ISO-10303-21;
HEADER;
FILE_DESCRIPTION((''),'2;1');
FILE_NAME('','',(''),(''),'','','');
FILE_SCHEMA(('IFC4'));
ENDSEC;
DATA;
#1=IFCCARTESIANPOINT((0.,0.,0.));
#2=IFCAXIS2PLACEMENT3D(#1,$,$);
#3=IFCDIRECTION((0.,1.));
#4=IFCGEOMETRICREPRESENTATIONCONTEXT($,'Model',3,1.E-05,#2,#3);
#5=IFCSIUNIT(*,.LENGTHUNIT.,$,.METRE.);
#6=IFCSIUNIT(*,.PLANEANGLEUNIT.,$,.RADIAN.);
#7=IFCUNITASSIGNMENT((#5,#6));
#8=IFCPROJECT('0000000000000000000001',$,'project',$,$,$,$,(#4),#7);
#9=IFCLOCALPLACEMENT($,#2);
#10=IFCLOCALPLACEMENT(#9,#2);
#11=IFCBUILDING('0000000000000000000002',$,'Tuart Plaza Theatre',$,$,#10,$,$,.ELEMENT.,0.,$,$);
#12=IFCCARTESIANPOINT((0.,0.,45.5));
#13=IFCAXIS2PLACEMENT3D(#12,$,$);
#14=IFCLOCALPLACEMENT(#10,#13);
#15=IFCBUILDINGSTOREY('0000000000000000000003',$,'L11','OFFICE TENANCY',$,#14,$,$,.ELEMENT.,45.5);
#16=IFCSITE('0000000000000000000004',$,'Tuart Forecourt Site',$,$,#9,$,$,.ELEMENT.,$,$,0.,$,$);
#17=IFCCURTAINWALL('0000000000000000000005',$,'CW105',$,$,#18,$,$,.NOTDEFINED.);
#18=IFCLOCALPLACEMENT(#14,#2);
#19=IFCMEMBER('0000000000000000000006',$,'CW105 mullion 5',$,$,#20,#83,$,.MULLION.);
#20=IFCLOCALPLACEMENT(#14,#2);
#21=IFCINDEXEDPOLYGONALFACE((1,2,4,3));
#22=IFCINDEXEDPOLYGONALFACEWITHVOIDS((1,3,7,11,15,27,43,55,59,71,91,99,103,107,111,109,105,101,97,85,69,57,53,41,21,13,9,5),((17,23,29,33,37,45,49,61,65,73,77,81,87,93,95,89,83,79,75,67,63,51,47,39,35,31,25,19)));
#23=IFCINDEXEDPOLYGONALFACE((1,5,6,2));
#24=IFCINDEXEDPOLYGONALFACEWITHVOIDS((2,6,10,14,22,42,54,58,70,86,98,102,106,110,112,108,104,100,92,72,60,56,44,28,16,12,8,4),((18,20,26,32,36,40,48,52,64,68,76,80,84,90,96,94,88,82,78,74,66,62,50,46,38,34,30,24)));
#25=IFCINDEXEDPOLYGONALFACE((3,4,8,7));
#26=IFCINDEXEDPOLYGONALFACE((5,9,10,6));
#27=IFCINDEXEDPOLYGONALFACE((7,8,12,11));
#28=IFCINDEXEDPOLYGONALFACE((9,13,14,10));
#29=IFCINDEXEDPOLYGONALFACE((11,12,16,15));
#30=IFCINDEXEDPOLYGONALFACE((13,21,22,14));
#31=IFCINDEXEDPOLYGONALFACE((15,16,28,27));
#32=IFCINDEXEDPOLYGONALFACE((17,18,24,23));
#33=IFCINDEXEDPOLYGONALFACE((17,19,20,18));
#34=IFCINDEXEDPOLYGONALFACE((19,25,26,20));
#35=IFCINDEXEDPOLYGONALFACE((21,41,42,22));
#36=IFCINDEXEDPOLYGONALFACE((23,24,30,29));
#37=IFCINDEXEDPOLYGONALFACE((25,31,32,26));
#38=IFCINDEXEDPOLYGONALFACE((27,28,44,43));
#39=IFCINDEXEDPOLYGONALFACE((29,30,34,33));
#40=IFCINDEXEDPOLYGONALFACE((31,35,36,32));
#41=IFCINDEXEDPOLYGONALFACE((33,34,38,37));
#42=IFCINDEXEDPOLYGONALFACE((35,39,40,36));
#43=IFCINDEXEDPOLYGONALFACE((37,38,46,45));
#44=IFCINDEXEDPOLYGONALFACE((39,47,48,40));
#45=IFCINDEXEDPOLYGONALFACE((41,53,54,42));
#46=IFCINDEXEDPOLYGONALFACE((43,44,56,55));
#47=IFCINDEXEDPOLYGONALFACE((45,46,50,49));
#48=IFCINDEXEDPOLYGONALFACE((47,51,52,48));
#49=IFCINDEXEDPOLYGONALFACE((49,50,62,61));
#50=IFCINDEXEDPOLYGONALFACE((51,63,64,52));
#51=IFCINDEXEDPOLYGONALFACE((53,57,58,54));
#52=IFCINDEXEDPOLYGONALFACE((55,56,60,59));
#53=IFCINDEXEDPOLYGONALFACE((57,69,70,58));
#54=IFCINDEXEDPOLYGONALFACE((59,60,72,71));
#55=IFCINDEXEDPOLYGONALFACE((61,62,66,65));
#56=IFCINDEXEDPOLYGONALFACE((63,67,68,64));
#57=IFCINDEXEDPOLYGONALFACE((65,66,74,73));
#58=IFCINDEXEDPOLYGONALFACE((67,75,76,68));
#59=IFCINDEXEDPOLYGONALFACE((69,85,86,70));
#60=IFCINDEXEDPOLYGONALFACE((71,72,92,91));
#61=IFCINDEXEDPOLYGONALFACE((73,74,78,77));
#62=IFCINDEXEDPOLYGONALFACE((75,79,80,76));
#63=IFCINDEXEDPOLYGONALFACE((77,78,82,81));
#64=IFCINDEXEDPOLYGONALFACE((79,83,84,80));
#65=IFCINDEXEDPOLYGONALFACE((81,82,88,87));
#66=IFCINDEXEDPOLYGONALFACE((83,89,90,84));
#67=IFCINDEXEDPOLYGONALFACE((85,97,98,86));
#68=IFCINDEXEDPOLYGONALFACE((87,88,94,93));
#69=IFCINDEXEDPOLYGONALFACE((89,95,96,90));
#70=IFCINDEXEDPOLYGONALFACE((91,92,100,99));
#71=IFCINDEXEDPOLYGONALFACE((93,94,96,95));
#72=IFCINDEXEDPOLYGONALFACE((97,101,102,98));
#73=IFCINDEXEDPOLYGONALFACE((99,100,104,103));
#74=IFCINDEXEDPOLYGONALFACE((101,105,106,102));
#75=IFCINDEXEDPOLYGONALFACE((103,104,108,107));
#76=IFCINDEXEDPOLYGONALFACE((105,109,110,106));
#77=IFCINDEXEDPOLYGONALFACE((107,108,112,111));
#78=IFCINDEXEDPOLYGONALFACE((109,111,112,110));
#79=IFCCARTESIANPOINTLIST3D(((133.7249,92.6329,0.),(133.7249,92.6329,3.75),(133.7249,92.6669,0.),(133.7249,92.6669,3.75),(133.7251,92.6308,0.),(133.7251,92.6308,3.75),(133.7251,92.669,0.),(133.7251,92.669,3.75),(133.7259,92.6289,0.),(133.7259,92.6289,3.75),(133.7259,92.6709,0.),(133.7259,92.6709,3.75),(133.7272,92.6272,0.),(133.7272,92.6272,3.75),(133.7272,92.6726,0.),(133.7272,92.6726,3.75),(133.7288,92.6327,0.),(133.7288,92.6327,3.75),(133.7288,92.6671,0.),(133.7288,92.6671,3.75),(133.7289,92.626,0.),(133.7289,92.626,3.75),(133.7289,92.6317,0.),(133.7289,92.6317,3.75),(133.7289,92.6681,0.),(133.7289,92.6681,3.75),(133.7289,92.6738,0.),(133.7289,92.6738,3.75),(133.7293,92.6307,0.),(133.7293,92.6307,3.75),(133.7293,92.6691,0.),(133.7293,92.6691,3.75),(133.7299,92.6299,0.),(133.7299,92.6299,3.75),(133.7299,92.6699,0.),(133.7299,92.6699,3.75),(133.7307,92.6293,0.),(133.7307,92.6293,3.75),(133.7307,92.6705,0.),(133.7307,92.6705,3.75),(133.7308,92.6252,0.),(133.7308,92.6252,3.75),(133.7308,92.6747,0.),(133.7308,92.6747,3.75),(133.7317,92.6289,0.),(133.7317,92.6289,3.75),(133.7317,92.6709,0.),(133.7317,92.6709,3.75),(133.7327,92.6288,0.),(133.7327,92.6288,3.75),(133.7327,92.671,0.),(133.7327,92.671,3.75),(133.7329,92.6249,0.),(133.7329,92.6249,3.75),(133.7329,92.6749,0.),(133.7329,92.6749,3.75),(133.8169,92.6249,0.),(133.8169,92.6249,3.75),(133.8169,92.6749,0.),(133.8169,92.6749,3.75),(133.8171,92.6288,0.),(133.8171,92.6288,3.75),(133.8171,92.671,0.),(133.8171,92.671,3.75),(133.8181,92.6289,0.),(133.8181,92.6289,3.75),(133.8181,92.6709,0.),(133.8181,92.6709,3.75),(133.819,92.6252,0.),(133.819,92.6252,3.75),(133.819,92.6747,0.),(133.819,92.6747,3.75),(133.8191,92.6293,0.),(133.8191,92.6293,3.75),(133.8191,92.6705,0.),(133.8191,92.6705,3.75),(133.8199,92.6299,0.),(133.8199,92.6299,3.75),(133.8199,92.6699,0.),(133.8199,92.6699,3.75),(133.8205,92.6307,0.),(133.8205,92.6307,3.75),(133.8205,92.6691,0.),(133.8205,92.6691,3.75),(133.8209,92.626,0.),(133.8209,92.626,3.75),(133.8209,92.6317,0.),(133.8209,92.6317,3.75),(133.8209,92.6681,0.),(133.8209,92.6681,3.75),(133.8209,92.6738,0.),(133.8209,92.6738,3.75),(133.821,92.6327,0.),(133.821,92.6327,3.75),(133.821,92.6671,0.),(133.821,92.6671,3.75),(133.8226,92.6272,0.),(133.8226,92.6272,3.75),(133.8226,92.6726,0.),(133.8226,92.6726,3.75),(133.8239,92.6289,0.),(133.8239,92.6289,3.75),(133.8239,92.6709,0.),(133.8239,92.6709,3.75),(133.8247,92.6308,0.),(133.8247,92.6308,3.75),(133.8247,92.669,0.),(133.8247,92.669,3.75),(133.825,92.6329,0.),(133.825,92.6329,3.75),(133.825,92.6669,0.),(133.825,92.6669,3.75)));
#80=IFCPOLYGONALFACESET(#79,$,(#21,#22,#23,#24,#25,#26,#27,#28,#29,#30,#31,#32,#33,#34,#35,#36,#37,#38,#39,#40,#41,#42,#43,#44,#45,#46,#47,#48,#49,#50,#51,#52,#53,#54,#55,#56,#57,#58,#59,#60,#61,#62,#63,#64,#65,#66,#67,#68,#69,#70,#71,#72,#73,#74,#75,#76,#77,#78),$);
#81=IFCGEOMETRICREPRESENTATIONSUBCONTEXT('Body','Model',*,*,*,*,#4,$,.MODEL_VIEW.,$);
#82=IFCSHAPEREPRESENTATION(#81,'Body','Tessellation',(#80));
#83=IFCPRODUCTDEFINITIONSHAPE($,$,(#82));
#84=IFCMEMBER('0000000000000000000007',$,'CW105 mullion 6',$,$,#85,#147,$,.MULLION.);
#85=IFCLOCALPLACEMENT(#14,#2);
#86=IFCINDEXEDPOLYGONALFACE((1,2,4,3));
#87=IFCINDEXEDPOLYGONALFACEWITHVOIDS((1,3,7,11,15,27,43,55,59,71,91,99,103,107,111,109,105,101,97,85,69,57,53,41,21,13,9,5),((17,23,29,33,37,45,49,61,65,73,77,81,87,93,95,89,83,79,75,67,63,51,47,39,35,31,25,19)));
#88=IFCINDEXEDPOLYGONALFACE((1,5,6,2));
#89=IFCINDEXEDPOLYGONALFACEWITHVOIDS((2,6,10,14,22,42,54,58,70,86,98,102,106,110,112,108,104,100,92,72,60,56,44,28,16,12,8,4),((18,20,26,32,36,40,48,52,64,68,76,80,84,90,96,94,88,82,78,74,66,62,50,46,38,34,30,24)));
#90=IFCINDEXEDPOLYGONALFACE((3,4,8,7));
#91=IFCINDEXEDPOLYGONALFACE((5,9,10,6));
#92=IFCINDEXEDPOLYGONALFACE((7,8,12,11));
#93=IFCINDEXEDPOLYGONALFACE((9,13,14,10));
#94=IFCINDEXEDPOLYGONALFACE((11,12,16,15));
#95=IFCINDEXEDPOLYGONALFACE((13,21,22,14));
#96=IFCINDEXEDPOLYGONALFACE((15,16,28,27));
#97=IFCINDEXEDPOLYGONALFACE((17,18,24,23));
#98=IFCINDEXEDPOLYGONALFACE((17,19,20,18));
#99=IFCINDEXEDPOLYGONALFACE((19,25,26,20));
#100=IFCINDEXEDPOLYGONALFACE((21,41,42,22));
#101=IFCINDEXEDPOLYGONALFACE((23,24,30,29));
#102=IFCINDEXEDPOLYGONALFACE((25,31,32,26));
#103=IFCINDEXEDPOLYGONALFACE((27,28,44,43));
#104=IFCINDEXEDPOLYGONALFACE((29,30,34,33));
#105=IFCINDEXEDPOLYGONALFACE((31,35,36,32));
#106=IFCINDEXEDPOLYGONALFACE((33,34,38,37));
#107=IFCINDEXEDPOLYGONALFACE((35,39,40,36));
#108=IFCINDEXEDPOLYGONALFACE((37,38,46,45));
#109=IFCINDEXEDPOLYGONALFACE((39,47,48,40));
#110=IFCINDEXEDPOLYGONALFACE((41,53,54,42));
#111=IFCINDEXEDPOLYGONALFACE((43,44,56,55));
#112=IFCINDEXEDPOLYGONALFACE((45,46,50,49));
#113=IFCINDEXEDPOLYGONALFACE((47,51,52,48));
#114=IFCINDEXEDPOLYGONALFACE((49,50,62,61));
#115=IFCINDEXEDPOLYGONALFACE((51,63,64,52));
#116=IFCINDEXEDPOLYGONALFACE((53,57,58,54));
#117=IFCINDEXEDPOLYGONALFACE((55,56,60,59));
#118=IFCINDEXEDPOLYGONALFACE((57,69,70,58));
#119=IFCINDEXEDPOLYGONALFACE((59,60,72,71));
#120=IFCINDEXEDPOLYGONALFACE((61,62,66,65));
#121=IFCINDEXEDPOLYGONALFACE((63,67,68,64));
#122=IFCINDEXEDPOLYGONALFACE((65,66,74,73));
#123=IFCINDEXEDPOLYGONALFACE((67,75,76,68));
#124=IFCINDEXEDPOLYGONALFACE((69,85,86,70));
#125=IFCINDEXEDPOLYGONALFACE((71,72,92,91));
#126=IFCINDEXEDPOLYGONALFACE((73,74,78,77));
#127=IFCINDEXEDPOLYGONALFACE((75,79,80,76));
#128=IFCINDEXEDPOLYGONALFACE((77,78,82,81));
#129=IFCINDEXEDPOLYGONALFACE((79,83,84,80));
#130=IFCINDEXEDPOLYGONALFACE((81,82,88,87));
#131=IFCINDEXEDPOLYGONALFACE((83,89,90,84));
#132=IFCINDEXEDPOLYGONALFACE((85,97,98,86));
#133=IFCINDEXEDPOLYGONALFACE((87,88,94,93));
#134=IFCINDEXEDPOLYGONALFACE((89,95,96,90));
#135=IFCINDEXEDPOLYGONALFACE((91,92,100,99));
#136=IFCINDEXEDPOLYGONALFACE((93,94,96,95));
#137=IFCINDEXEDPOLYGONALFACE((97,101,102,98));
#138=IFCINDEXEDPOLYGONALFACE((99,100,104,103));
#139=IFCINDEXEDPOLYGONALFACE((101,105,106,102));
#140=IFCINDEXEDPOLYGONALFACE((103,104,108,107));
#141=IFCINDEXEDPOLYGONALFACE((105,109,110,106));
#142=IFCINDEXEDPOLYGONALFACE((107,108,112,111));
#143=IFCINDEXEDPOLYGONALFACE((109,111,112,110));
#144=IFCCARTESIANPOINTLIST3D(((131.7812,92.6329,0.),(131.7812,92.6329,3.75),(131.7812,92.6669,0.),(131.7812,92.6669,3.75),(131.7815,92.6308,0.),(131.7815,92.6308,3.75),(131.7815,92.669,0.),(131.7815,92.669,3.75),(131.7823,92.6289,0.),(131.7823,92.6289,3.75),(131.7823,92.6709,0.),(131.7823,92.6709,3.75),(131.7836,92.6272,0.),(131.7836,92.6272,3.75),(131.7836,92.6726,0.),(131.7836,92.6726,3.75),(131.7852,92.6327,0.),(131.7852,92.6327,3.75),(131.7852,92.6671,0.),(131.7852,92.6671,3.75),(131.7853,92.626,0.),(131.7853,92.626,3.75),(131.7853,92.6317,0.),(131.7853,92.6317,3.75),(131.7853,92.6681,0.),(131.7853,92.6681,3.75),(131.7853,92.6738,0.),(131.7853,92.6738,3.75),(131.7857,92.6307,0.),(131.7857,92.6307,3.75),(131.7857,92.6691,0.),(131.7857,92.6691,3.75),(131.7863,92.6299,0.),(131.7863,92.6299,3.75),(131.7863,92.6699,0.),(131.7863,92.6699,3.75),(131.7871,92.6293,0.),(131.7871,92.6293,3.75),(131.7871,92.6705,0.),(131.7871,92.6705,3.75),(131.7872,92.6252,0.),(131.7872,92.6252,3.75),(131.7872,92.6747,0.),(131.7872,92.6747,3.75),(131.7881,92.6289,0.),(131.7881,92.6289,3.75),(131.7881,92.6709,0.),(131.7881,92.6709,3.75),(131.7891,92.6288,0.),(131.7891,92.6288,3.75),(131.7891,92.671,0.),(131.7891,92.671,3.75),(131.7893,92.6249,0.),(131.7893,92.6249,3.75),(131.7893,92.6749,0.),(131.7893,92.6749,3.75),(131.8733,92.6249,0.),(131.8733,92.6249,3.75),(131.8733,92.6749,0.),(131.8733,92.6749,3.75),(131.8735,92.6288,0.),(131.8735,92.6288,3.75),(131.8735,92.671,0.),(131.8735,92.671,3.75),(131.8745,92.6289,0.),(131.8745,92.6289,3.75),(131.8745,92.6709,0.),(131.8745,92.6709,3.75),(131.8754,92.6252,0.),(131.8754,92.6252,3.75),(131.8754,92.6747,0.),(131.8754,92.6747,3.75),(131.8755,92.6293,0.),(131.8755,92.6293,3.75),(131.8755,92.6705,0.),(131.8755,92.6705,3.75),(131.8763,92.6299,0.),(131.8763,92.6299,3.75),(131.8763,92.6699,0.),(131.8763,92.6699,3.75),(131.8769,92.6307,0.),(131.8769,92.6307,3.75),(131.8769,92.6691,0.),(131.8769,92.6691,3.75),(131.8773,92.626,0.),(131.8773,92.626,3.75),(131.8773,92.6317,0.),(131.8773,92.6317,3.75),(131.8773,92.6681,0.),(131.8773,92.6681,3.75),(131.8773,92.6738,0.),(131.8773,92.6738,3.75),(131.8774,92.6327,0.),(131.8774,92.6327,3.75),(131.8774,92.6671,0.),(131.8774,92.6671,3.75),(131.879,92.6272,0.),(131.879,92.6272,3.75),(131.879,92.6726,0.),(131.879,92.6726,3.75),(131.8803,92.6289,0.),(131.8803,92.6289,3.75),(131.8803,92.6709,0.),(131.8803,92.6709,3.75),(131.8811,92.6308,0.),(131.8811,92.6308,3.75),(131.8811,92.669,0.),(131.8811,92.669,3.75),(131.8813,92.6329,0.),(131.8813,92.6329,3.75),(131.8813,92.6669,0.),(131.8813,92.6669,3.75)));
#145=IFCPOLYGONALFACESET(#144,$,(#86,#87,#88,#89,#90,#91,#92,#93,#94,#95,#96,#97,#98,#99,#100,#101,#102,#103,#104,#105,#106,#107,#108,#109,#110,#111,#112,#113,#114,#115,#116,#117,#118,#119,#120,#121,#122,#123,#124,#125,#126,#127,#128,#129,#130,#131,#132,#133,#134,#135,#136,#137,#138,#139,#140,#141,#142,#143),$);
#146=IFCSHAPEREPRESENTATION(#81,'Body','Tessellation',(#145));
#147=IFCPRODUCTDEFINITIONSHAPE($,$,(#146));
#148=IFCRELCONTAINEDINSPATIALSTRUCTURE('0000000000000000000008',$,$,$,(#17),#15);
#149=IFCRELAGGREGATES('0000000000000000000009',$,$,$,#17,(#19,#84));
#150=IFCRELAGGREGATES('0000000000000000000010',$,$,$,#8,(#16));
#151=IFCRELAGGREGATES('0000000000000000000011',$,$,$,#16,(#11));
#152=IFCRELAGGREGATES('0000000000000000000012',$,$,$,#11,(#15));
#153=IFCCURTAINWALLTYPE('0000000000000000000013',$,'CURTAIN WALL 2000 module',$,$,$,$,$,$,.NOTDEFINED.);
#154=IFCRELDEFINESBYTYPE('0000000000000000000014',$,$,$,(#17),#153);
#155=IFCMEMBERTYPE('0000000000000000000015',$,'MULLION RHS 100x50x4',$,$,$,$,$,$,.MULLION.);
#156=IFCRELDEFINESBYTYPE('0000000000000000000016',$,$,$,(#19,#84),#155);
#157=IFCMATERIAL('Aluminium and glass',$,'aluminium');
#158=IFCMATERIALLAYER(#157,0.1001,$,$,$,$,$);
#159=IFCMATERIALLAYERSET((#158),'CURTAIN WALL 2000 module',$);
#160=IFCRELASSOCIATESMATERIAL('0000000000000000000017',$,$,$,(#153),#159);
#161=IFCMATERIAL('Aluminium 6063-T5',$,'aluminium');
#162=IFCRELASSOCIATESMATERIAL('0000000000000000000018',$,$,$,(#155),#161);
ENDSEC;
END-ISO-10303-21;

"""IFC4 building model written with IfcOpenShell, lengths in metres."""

from ifc_helpers import new_model, si_unit, direction, frame, origin, origin_2d, place, context, subcontext, project, spatial, hollow_rectangle, extrude, material, layer, layer_set, material_profile, profile_set, type_object, element, aggregate, save


model = new_model("IFC4")

# Units and contexts
model_context = context("Model", 3, precision=1e-05, world=origin(), true_north=direction((0.0, 1.0)))
body_context = subcontext(model_context, "Body", "Model", "MODEL_VIEW")
ifc_project = project(units=[si_unit("LENGTHUNIT", "METRE"), si_unit("PLANEANGLEUNIT", "RADIAN")], contexts=[model_context])

# Site, building, storey
site_placement = place(None, origin())
site = spatial("IfcSite", under=ifc_project, at=site_placement, Name="Tuart Forecourt Site", CompositionType="ELEMENT", RefElevation=0.0)
building_placement = place(site_placement, origin())
building = spatial("IfcBuilding", under=site, at=building_placement, Name="Tuart Plaza Theatre", CompositionType="ELEMENT", ElevationOfRefHeight=0.0)
storey_placement = place(building_placement, frame((0.0, 0.0, 45.5)))
storey = spatial("IfcBuildingStorey", under=building, at=storey_placement, Name="L11", Description="OFFICE TENANCY", CompositionType="ELEMENT", Elevation=45.5)

# Curtain wall, members
ifc_material_1 = material(Name="Aluminium and glass", Category="aluminium")
ifc_layer_1 = layer(ifc_material_1, 0.1001)
ifc_layer_set_1 = layer_set([ifc_layer_1], Name="CURTAIN WALL 2000 module")
curtain_wall_type = type_object("IfcCurtainWallType", Name="CURTAIN WALL 2000 module", PredefinedType="NOTDEFINED", material=ifc_layer_set_1)
curtain_wall_placement = place(storey_placement, origin())
curtain_wall = element("IfcCurtainWall", 1, at=curtain_wall_placement, inside=storey, type_object=curtain_wall_type, Name="CW105", PredefinedType="NOTDEFINED")
ifc_material_2 = material(Name="Aluminium 6063-T5", Category="aluminium")
ifc_material_profile_1 = material_profile(ifc_material_2, hollow_rectangle(XDim=0.05, YDim=0.1001, WallThickness=0.0039, InnerFilletRadius=0.0039, OuterFilletRadius=0.0081, at=origin_2d()), Name="RHS 100x50x4")
ifc_profile_set_1 = profile_set([ifc_material_profile_1], Name="Aluminium 6063-T5")
member_type_1 = type_object("IfcMemberType", Name="MULLION RHS 100x50x4", PredefinedType="MULLION", material=ifc_profile_set_1)
member_1_placement = place(storey_placement, frame((133.7749, 92.6499, 0.0), z_axis=(0.0, 0.0, 1.0), x_axis=(0.0, -1.0, 0.0)))
member_1 = element("IfcMember", 2, at=member_1_placement, type_object=member_type_1, Name="CW105 mullion 5", PredefinedType="MULLION", context=body_context, shape_type="SweptSolid", body=[
    extrude(hollow_rectangle(XDim=0.05, YDim=0.1001, WallThickness=0.0039, InnerFilletRadius=0.0039, OuterFilletRadius=0.0081, at=origin_2d()), origin(), (0.0, 0.0, 1.0), 3.75),
])
member_2_placement = place(storey_placement, frame((131.8313, 92.6499, 0.0), z_axis=(0.0, 0.0, 1.0), x_axis=(0.0, -1.0, 0.0)))
member_2 = element("IfcMember", 3, at=member_2_placement, type_object=member_type_1, Name="CW105 mullion 6", PredefinedType="MULLION", context=body_context, shape_type="SweptSolid", body=[
    extrude(hollow_rectangle(XDim=0.05, YDim=0.1001, WallThickness=0.0039, InnerFilletRadius=0.0039, OuterFilletRadius=0.0081, at=origin_2d()), origin(), (0.0, 0.0, 1.0), 3.75),
])
aggregate(curtain_wall, [member_1, member_2])

save(model, "model.ifc")
